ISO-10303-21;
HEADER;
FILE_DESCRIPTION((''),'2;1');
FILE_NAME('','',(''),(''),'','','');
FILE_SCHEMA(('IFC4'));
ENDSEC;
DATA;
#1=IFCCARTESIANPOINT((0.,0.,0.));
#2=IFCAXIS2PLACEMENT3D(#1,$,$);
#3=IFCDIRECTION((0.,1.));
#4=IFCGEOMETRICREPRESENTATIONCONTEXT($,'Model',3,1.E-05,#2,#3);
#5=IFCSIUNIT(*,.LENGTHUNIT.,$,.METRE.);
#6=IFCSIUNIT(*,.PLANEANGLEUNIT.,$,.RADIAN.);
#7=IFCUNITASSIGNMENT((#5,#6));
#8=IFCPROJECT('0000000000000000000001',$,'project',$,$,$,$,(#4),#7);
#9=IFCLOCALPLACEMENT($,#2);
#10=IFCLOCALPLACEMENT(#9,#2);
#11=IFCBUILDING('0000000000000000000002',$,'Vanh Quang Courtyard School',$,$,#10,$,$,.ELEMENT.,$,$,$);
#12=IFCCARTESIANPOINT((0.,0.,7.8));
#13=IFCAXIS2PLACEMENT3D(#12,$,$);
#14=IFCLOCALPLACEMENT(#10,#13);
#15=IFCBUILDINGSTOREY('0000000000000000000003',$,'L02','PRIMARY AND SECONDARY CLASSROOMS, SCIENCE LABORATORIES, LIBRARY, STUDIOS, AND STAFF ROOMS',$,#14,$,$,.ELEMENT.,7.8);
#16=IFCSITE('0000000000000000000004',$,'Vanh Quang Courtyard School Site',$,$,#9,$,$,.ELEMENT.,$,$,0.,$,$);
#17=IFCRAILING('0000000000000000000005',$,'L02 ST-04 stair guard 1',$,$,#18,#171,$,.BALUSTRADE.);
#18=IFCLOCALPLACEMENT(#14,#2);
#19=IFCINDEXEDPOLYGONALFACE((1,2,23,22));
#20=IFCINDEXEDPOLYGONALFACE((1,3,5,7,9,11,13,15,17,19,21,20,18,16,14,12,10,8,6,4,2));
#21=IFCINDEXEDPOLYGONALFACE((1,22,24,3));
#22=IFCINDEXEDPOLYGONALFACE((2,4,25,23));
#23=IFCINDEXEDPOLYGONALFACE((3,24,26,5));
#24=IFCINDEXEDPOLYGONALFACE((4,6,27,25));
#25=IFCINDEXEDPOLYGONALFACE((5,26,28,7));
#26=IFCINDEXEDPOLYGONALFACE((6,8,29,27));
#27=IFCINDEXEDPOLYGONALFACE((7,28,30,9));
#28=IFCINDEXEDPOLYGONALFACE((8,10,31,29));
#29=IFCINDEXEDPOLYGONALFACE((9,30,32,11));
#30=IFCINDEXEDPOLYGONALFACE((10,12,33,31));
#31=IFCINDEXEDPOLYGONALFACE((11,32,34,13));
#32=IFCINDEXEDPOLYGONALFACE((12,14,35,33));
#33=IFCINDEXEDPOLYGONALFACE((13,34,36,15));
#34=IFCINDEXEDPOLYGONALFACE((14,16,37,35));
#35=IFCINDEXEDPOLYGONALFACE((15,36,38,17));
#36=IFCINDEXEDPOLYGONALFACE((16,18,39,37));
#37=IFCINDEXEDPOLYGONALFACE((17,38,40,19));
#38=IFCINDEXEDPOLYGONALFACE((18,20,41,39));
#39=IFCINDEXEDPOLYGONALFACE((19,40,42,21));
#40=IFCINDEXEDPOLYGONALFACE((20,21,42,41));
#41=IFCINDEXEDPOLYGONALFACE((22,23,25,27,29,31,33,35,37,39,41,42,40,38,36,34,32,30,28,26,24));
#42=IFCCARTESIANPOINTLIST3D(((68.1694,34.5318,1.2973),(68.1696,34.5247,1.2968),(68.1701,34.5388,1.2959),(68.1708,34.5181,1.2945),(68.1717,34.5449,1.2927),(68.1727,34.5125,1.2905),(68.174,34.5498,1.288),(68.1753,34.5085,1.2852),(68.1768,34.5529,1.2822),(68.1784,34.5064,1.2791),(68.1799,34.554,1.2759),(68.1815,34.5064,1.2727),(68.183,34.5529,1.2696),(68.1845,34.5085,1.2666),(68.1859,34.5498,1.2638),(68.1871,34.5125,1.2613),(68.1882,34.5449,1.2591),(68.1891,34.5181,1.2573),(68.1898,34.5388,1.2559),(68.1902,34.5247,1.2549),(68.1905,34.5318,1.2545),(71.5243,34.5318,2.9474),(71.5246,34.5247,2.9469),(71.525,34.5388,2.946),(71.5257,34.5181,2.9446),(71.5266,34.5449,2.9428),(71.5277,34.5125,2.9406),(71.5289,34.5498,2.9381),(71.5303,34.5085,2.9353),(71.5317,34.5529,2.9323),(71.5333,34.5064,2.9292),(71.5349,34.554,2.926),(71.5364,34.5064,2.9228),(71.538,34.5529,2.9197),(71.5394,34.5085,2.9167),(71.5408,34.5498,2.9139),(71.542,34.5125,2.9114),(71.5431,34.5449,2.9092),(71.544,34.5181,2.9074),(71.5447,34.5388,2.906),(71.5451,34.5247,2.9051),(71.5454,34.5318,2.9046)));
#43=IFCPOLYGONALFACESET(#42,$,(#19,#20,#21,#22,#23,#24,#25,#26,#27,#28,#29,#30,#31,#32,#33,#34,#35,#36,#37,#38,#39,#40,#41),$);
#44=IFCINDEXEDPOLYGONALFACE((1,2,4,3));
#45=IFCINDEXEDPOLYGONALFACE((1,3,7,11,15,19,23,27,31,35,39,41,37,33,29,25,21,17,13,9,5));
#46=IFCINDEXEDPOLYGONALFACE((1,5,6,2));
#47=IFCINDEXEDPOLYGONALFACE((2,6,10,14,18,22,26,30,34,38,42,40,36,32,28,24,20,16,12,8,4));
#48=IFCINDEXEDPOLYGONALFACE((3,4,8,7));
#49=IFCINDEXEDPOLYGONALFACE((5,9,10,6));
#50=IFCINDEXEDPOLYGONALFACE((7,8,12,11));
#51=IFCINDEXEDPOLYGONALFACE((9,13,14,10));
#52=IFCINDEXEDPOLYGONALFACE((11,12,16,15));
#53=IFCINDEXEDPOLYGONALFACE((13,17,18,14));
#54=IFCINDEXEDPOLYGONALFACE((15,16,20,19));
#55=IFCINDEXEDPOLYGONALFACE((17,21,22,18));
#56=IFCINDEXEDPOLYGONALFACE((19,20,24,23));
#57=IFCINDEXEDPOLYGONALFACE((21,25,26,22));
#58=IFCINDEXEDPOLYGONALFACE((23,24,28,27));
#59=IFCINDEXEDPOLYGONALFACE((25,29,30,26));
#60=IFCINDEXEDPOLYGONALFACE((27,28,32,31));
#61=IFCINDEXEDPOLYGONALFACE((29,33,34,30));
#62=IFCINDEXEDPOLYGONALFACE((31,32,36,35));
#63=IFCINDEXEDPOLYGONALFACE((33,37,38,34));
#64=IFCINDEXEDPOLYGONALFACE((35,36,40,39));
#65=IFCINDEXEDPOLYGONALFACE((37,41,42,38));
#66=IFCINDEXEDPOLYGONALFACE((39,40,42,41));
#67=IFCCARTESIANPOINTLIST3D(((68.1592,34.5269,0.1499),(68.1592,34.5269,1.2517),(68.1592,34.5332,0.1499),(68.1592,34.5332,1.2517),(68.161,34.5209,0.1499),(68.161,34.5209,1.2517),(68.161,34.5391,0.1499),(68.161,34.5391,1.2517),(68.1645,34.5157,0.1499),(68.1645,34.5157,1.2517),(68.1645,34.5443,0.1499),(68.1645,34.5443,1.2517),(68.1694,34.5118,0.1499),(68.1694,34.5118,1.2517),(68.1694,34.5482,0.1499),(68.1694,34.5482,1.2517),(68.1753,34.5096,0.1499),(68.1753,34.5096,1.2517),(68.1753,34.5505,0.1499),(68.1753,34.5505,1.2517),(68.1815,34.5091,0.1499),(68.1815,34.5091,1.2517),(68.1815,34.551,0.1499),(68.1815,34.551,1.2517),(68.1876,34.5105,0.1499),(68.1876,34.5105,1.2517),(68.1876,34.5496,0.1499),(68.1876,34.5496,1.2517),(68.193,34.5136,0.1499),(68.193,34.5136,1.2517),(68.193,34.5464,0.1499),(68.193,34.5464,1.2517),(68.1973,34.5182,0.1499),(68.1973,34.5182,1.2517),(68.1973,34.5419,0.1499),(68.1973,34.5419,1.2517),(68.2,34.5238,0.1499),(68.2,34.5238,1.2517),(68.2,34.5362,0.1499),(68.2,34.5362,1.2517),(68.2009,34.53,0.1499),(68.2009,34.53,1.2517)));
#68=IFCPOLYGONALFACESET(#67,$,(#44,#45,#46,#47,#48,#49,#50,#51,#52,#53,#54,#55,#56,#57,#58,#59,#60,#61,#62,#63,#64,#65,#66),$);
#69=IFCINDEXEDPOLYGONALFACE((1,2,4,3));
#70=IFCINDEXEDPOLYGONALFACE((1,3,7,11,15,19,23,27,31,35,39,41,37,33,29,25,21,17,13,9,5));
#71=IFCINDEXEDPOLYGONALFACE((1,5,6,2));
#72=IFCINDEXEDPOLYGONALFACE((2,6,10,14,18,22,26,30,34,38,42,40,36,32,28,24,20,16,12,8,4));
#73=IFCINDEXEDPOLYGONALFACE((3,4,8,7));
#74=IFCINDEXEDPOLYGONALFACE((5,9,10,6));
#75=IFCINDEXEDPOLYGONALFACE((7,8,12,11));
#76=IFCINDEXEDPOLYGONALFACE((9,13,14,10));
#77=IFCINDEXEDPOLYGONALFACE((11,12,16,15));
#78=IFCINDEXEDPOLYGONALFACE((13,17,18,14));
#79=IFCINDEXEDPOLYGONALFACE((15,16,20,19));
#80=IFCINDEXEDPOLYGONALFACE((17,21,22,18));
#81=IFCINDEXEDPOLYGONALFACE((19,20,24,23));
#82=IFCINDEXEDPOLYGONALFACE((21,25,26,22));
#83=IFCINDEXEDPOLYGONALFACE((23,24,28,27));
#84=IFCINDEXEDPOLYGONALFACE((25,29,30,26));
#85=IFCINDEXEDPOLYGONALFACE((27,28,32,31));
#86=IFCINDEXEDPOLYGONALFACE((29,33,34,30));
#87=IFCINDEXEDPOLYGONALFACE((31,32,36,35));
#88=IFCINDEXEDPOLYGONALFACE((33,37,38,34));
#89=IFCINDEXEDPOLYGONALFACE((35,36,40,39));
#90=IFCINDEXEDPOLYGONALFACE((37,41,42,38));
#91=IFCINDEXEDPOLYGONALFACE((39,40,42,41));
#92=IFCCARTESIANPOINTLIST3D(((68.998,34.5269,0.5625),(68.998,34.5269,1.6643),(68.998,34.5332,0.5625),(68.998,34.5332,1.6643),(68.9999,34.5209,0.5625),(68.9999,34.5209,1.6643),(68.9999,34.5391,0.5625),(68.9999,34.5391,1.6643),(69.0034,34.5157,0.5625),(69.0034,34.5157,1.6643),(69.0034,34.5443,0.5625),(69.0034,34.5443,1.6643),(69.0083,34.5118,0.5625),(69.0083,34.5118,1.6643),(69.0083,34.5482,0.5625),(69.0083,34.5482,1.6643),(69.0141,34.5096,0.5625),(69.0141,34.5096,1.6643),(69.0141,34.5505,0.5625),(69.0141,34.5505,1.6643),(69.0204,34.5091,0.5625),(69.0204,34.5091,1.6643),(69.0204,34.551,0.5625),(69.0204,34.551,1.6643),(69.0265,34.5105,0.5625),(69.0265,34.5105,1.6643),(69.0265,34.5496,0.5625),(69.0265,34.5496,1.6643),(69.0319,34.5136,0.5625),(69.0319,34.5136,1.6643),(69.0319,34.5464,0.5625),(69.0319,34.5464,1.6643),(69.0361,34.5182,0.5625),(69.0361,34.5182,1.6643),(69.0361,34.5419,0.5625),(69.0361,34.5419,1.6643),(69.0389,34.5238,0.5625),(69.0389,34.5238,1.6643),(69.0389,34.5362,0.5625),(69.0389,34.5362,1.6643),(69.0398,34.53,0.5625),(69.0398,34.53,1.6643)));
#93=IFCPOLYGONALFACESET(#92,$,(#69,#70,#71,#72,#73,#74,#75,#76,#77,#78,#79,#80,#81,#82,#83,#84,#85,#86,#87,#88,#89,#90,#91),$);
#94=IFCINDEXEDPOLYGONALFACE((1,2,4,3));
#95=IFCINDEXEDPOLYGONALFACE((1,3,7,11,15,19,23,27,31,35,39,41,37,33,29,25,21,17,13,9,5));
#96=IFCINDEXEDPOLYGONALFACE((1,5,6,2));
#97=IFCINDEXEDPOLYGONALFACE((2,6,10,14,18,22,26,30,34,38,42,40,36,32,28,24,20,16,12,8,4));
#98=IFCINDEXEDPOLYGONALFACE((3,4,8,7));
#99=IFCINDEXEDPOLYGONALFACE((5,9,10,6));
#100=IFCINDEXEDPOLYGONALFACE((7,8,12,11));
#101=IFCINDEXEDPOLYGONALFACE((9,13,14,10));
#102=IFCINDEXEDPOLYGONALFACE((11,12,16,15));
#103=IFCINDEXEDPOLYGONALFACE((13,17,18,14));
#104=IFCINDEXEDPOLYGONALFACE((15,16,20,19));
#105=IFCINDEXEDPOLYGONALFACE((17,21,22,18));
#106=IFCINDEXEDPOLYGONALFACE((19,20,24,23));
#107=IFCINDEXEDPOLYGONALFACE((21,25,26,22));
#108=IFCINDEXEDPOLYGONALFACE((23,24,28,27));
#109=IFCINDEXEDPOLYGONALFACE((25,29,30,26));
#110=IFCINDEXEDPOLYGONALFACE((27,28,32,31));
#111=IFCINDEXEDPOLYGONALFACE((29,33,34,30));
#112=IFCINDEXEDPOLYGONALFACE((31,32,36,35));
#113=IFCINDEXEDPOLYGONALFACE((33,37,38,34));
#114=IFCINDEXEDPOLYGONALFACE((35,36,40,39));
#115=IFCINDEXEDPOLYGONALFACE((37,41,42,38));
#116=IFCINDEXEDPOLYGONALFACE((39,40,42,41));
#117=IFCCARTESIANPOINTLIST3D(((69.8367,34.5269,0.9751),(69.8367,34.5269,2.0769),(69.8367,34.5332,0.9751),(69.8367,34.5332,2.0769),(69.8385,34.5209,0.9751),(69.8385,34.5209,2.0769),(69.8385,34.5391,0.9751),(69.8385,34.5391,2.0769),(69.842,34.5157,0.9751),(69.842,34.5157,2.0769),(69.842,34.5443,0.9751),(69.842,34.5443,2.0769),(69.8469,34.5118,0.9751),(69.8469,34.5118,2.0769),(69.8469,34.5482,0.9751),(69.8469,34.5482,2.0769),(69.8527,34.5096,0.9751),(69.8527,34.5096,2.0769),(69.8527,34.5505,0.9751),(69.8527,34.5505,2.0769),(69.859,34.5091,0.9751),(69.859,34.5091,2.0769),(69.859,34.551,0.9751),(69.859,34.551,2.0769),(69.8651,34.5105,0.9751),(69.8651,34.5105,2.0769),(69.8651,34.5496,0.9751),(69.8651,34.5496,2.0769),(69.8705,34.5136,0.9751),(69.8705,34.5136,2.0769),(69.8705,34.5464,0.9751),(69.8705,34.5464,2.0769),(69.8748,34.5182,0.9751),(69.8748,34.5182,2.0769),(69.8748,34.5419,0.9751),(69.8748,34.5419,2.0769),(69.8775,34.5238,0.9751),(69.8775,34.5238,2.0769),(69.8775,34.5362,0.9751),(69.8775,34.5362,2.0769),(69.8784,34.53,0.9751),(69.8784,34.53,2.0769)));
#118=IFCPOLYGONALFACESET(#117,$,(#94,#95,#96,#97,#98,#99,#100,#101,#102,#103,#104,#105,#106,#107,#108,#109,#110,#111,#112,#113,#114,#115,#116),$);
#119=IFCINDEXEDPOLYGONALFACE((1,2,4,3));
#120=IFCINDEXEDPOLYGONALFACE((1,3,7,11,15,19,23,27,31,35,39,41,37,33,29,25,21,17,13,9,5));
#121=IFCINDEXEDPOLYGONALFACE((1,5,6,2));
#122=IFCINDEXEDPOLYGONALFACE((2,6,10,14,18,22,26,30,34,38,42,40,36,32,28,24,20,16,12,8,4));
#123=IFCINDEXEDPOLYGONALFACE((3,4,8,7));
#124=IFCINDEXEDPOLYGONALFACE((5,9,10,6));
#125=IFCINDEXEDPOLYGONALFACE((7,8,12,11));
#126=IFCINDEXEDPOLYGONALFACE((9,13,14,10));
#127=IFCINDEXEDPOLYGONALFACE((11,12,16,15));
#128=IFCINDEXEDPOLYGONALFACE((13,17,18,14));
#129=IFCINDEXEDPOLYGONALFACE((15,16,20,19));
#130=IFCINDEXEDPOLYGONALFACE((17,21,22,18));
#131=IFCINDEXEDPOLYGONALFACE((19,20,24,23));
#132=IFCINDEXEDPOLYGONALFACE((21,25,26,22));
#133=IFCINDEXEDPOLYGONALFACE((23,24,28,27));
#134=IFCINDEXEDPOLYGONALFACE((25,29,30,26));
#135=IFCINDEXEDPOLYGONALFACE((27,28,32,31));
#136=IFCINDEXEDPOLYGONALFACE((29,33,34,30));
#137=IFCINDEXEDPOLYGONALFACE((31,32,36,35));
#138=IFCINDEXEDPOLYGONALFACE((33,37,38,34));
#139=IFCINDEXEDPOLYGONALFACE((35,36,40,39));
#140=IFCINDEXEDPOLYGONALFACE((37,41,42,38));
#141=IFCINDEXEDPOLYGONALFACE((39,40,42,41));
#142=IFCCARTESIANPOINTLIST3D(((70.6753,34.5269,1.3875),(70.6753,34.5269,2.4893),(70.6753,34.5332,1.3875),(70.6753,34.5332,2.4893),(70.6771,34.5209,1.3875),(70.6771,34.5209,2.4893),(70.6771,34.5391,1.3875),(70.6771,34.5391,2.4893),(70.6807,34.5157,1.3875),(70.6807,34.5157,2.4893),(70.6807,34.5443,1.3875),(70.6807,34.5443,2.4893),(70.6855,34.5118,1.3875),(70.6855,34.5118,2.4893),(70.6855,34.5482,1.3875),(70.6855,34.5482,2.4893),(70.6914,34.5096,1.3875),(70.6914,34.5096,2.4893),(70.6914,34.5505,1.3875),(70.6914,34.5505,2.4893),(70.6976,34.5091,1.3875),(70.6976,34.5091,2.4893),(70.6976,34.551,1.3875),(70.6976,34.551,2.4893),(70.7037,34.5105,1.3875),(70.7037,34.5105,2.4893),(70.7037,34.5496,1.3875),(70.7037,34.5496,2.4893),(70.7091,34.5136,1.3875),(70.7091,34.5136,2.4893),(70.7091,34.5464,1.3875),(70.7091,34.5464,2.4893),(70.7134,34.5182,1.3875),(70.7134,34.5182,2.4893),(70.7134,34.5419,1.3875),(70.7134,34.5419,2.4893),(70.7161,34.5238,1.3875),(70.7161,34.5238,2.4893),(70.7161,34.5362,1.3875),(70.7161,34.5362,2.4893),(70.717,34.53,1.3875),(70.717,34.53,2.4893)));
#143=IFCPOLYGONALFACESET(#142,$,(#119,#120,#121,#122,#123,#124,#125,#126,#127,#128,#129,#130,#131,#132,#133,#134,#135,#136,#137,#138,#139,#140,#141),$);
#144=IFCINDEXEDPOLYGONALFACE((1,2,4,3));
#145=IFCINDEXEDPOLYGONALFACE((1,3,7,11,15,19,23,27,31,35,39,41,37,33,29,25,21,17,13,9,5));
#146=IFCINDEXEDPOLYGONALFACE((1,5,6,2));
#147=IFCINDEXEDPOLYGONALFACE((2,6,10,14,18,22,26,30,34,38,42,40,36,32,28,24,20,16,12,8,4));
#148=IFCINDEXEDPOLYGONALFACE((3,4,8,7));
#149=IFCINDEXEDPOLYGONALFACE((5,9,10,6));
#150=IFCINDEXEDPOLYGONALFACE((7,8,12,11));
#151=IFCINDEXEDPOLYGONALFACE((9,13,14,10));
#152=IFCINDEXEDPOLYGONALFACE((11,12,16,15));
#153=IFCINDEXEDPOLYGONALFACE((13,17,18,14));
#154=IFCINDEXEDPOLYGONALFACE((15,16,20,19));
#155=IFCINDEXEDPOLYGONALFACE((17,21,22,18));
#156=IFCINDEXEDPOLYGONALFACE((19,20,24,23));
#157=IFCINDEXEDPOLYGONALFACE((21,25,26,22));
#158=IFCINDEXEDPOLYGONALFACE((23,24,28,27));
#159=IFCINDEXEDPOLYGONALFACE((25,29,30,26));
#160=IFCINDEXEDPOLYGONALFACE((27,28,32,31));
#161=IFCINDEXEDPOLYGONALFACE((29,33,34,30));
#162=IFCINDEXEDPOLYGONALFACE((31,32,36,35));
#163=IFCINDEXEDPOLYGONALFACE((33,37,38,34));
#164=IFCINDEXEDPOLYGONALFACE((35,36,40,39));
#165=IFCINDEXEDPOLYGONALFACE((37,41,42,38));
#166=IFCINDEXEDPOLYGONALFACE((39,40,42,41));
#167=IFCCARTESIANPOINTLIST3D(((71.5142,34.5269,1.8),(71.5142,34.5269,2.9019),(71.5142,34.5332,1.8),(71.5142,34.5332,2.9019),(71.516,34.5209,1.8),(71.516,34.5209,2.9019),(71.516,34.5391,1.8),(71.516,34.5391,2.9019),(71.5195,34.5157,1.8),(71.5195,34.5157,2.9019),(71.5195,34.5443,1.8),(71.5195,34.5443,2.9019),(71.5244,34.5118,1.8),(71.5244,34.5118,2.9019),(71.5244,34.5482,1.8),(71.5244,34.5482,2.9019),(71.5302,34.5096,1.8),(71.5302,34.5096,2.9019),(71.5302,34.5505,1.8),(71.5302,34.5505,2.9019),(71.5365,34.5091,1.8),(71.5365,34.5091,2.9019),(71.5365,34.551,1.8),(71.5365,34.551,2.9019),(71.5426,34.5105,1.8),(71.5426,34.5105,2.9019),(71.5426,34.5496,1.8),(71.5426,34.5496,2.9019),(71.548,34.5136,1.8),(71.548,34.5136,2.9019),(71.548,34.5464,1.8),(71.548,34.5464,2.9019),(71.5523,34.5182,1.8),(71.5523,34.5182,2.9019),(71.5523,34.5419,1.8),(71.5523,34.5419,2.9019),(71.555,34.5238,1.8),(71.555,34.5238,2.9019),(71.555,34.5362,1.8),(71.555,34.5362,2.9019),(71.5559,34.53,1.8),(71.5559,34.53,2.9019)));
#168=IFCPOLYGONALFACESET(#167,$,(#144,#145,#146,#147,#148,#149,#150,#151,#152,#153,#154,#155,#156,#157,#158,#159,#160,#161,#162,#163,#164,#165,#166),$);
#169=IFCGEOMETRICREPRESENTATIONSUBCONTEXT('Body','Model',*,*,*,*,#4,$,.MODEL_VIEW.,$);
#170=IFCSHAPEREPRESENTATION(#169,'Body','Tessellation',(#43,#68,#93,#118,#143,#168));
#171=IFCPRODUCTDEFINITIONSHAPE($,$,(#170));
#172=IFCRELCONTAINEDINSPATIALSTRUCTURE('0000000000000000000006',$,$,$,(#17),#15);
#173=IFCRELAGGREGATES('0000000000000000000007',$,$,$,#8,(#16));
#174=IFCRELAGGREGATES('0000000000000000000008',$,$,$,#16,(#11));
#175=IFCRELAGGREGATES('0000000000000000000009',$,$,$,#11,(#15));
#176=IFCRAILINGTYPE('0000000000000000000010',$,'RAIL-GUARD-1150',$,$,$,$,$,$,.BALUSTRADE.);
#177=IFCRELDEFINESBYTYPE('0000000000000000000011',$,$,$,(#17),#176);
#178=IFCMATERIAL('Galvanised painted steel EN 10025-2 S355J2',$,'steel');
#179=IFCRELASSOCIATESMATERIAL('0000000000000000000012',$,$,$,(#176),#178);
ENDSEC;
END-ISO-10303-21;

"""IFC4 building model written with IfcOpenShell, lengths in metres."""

from ifc_helpers import new_model, si_unit, direction, frame, origin, origin_2d, place, context, subcontext, project, spatial, circle, extrude, material, type_object, element, save


model = new_model("IFC4")

# Units and contexts
model_context = context("Model", 3, precision=1e-05, world=origin(), true_north=direction((0.0, 1.0)))
body_context = subcontext(model_context, "Body", "Model", "MODEL_VIEW")
ifc_project = project(units=[si_unit("LENGTHUNIT", "METRE"), si_unit("PLANEANGLEUNIT", "RADIAN")], contexts=[model_context])

# Site, building, storey
site_placement = place(None, origin())
site = spatial("IfcSite", under=ifc_project, at=site_placement, Name="Vanh Quang Courtyard School Site", CompositionType="ELEMENT", RefElevation=0.0)
building_placement = place(site_placement, origin())
building = spatial("IfcBuilding", under=site, at=building_placement, Name="Vanh Quang Courtyard School", CompositionType="ELEMENT")
storey_placement = place(building_placement, frame((0.0, 0.0, 7.8)))
storey = spatial("IfcBuildingStorey", under=building, at=storey_placement, Name="L02", Description="PRIMARY AND SECONDARY CLASSROOMS, SCIENCE LABORATORIES, LIBRARY, STUDIOS, AND STAFF ROOMS", CompositionType="ELEMENT", Elevation=7.8)

# Railing
ifc_material_1 = material(Name="Galvanised painted steel EN 10025-2 S355J2", Category="steel")
railing_type_1 = type_object("IfcRailingType", Name="RAIL-GUARD-1150", PredefinedType="BALUSTRADE", material=ifc_material_1)
railing_1_placement = place(storey_placement, frame((68.1799, 34.53, 0.1499)))
element("IfcRailing", 1, at=railing_1_placement, inside=storey, type_object=railing_type_1, Name="L02 ST-04 stair guard 1", PredefinedType="BALUSTRADE", context=body_context, shape_type="SweptSolid", body=[
    extrude(circle(Radius=0.0239, at=origin_2d()), frame((0.0, 0.0, 1.126), z_axis=(0.897333, 0.0, 0.441353), x_axis=(0.0, 1.0, 0.0)), (0.0, 0.0, 1.0), 3.7388),
    extrude(circle(Radius=0.021, at=origin_2d()), origin(), (0.0, 0.0, 1.0), 1.1018),
    extrude(circle(Radius=0.021, at=origin_2d()), frame((0.8389, 0.0, 0.4126)), (0.0, 0.0, 1.0), 1.1018),
    extrude(circle(Radius=0.021, at=origin_2d()), frame((1.6775, 0.0, 0.8252)), (0.0, 0.0, 1.0), 1.1018),
    extrude(circle(Radius=0.021, at=origin_2d()), frame((2.5161, 0.0, 1.2375)), (0.0, 0.0, 1.0), 1.1018),
    extrude(circle(Radius=0.021, at=origin_2d()), frame((3.355, 0.0, 1.6501)), (0.0, 0.0, 1.0), 1.1018),
])

save(model, "model.ifc")
